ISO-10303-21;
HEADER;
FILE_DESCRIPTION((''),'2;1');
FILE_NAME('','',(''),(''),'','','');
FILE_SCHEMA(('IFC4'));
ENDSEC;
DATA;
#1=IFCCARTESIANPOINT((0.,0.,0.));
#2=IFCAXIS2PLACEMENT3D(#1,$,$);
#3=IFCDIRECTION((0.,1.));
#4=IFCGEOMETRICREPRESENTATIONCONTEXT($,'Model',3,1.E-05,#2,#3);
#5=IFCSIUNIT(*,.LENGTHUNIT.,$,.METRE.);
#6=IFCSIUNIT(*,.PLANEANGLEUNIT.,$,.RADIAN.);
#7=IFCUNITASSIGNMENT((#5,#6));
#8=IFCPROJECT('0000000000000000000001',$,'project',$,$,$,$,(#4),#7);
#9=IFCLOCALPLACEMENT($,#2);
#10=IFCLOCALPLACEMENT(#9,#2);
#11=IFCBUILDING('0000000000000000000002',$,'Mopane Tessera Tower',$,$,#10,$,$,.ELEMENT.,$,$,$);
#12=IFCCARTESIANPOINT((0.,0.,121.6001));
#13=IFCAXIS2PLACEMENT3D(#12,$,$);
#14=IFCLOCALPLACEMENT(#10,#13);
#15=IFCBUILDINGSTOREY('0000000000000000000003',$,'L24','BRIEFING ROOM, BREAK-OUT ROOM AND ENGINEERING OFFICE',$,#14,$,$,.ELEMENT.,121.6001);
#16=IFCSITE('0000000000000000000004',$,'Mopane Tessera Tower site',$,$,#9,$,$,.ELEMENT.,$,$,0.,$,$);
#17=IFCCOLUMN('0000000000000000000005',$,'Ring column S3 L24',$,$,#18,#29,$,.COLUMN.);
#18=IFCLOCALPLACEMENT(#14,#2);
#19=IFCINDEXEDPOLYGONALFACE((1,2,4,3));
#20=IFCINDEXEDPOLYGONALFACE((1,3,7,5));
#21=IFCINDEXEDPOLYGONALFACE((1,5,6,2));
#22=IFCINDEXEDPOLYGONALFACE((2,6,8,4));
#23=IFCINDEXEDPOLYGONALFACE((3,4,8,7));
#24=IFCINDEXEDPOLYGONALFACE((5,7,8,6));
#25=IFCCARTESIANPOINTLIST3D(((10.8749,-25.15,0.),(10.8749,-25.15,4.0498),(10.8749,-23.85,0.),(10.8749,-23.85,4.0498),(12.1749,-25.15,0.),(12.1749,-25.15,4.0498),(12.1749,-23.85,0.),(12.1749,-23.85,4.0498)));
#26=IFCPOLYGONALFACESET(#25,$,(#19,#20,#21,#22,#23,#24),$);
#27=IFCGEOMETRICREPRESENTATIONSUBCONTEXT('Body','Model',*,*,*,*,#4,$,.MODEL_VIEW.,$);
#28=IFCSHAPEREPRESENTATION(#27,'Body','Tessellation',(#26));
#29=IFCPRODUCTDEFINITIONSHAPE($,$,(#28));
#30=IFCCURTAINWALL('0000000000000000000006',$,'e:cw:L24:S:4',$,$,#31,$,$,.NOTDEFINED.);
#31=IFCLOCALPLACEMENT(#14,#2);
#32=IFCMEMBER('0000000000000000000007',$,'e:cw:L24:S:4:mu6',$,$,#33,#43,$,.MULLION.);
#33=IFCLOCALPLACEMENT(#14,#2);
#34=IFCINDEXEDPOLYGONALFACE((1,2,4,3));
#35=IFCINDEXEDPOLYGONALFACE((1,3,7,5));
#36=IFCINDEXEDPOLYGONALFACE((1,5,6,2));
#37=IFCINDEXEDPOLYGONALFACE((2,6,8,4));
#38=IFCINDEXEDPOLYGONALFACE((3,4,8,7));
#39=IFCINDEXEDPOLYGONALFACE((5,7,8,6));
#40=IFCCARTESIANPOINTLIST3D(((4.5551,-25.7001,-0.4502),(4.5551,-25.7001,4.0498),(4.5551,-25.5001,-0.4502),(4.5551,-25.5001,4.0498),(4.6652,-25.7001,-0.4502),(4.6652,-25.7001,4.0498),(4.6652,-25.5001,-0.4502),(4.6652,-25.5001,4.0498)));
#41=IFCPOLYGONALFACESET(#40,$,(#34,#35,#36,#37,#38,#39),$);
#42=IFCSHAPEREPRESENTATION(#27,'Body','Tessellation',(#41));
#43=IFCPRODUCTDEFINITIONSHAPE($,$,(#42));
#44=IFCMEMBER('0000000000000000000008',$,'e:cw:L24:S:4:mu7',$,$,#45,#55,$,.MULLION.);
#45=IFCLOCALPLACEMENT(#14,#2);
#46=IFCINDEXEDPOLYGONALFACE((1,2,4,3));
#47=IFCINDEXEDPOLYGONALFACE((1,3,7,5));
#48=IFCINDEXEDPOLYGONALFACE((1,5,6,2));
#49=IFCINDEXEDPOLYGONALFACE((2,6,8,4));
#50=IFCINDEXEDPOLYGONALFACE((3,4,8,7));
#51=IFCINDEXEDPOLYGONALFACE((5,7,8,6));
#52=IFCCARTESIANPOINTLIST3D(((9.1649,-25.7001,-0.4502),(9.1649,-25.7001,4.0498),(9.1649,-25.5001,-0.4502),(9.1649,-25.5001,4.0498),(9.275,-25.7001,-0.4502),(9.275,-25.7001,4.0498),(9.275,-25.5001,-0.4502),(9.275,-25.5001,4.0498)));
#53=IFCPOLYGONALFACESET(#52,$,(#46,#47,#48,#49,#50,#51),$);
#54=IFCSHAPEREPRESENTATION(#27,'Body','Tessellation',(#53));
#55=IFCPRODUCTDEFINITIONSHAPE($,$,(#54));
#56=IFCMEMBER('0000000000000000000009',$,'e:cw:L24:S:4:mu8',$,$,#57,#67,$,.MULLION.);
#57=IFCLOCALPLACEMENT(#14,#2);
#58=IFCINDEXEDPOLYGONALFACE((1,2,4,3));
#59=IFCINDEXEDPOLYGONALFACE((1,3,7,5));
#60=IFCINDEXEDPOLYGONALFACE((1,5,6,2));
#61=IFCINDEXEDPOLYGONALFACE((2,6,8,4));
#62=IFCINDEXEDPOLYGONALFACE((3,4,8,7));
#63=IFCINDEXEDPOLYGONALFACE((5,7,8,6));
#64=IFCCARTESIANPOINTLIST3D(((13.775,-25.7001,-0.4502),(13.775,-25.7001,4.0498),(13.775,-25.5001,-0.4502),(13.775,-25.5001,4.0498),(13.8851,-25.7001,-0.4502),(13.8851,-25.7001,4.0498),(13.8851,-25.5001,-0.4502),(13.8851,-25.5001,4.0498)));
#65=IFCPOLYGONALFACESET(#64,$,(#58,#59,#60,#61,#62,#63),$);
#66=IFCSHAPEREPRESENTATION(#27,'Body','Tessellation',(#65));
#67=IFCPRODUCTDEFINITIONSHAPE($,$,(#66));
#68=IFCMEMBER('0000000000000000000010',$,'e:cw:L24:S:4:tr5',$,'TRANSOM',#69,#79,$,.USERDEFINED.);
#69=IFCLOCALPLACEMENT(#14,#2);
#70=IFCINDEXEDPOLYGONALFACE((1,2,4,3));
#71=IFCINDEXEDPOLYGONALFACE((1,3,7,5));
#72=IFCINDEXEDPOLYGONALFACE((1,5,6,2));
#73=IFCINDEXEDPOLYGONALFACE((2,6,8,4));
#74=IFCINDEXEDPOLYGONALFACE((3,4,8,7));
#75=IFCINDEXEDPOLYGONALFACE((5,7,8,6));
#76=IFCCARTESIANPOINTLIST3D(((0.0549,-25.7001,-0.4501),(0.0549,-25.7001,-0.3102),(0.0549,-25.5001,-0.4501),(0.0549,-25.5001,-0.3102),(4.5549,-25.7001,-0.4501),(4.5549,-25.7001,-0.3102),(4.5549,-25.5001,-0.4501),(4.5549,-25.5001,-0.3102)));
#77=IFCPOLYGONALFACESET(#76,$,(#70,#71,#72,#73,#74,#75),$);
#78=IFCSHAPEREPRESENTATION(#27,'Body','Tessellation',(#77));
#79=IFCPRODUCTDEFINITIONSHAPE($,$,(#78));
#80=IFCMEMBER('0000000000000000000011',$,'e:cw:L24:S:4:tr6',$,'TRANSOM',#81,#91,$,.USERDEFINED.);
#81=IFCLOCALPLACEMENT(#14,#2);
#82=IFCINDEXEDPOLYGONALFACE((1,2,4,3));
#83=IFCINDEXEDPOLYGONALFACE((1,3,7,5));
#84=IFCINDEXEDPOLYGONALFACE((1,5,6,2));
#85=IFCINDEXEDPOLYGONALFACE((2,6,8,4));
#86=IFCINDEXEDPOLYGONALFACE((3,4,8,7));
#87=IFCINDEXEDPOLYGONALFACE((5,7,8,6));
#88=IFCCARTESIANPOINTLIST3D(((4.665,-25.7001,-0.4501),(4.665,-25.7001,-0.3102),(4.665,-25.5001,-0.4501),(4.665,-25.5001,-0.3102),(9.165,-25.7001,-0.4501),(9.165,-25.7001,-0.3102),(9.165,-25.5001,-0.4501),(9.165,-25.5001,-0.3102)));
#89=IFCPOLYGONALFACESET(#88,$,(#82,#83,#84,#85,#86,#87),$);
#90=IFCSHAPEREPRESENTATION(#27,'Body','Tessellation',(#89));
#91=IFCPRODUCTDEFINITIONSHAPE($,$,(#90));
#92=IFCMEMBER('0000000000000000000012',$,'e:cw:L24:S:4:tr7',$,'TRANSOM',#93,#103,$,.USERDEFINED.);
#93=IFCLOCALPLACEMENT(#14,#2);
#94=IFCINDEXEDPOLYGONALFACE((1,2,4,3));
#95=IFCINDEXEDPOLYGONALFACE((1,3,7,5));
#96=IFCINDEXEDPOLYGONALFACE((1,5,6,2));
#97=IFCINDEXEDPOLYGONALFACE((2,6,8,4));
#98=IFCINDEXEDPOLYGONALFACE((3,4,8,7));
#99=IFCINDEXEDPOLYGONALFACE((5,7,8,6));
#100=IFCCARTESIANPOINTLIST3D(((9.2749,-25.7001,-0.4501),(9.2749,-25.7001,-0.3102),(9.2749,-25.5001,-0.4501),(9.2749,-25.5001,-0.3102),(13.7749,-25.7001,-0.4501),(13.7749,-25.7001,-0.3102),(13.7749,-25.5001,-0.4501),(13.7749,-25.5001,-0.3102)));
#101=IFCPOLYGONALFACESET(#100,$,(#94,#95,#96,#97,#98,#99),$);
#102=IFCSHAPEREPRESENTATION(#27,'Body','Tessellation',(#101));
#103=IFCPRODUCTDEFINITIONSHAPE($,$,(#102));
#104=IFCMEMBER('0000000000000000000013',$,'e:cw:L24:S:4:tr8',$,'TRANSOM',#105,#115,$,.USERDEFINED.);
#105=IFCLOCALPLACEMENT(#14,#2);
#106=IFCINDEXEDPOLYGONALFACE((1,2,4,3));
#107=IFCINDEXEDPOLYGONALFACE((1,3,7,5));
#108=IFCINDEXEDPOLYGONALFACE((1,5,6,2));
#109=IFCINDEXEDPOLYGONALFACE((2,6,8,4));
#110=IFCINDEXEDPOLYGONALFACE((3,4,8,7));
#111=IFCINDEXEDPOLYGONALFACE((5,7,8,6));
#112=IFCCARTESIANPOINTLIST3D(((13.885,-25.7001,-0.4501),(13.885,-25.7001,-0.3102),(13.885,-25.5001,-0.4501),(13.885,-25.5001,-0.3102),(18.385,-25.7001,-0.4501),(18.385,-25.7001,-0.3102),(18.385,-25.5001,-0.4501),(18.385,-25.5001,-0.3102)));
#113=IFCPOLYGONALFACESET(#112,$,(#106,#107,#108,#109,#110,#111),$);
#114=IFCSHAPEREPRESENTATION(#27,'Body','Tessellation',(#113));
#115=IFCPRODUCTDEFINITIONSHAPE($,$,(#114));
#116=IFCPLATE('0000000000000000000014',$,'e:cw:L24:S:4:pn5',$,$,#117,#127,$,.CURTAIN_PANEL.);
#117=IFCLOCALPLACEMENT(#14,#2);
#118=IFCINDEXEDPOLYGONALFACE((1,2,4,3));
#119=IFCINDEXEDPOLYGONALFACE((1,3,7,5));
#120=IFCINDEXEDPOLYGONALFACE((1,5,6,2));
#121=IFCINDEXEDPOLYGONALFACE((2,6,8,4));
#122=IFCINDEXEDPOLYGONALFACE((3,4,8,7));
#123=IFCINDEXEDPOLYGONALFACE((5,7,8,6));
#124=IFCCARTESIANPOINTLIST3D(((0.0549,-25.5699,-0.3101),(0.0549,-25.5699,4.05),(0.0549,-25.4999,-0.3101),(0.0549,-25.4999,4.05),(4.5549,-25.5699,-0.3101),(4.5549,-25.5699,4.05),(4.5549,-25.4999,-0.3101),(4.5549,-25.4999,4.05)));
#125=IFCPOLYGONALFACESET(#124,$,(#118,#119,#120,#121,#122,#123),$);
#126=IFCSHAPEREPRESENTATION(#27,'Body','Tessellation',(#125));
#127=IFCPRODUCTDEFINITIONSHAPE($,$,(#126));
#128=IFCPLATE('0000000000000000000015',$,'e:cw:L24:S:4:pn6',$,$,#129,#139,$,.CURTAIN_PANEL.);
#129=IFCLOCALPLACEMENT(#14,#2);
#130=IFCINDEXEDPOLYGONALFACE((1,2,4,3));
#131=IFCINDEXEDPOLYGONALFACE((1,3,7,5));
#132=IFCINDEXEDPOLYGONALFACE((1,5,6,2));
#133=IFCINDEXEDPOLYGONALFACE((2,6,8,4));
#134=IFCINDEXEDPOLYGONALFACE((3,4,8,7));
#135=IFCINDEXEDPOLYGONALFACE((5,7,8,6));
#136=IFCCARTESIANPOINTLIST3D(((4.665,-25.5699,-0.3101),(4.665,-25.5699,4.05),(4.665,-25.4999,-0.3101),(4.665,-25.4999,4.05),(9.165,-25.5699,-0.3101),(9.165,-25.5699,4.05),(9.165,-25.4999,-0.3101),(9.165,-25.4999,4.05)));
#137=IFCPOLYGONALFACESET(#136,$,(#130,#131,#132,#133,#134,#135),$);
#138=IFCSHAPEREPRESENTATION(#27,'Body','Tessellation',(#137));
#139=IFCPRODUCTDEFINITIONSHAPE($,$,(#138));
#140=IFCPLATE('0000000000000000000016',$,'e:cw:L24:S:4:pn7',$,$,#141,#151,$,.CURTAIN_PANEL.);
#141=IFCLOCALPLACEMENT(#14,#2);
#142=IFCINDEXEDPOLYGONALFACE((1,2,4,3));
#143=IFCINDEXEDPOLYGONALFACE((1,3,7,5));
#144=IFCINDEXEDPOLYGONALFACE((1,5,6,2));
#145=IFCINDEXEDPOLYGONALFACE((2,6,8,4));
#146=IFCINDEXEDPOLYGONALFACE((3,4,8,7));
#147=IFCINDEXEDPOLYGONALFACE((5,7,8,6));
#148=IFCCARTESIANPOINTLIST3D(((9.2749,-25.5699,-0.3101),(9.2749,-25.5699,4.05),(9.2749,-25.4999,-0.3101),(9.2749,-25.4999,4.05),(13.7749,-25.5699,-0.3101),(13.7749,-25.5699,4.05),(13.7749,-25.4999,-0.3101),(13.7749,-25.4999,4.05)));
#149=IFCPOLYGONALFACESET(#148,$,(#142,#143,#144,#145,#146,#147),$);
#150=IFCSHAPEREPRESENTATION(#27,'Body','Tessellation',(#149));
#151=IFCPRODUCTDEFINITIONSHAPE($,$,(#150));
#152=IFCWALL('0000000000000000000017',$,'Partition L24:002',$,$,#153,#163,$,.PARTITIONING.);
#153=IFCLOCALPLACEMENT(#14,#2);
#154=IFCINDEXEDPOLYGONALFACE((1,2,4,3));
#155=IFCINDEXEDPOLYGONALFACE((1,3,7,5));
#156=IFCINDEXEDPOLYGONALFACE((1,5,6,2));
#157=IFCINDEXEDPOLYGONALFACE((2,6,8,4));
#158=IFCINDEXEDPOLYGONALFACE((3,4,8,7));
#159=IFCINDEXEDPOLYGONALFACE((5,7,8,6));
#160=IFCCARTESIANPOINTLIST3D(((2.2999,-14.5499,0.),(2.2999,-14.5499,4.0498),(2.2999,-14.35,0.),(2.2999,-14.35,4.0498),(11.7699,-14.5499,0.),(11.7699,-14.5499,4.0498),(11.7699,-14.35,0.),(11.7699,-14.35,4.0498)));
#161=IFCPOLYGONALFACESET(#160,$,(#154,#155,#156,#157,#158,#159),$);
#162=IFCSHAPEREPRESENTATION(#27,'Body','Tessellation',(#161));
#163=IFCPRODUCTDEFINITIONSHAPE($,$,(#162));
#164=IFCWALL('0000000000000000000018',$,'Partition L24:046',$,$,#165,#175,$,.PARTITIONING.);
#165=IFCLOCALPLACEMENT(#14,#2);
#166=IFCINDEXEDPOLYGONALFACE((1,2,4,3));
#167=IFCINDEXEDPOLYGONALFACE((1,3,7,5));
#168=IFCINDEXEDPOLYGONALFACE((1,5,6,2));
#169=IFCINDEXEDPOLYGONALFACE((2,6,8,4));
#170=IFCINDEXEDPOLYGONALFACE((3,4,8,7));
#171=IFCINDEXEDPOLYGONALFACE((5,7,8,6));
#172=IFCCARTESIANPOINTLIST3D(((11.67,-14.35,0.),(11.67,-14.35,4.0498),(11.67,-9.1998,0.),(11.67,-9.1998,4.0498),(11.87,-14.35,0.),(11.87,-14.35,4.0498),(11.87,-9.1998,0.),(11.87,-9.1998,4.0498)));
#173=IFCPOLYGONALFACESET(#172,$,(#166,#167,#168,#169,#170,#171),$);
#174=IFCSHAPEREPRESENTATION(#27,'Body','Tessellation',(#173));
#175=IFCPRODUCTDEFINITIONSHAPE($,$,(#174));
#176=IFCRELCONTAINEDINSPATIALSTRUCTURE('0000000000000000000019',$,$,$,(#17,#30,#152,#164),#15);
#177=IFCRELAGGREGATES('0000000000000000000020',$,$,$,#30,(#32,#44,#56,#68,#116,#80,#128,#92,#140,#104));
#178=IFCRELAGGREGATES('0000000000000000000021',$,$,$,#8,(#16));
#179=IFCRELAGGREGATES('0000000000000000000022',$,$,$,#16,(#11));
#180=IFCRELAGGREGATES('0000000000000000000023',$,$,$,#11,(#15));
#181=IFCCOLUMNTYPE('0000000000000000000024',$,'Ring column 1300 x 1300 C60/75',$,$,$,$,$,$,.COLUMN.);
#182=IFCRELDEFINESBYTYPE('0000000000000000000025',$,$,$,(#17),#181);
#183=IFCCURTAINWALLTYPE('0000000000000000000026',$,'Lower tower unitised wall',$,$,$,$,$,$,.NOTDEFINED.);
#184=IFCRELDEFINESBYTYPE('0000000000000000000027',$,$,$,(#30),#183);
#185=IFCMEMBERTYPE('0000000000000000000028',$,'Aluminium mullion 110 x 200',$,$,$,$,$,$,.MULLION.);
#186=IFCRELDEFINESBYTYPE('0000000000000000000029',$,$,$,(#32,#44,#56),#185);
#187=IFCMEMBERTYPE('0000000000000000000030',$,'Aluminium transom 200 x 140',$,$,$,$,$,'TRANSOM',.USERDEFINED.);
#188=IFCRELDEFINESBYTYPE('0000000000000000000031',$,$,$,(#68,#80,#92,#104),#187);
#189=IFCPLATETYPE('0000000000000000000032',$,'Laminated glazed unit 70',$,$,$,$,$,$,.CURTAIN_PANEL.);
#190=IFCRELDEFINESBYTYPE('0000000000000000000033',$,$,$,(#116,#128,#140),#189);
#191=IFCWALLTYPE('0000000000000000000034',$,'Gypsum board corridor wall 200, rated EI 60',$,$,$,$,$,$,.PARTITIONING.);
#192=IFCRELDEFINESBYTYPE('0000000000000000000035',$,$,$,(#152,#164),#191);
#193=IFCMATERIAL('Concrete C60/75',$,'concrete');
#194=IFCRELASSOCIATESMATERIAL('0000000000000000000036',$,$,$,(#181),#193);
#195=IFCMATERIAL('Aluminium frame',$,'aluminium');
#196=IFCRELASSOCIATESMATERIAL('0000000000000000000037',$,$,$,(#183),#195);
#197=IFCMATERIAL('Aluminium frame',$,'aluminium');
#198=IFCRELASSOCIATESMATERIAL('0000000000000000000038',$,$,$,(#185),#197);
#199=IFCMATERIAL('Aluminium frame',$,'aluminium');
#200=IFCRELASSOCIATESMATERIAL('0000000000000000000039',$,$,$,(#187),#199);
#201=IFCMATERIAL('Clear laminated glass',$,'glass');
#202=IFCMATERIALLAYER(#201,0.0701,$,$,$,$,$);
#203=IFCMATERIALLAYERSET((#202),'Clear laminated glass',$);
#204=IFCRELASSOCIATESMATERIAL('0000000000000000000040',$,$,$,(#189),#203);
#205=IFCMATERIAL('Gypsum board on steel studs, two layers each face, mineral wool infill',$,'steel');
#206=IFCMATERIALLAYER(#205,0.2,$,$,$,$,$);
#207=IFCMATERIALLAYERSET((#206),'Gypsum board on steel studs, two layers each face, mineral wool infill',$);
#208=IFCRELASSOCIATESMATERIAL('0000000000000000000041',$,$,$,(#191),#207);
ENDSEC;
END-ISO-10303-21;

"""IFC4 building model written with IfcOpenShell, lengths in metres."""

from ifc_helpers import new_model, si_unit, direction, frame, frame_2d, origin, origin_2d, place, context, subcontext, project, spatial, rectangle, extrude, material, layer, layer_set, material_profile, profile_set, type_object, element, aggregate, save


model = new_model("IFC4")

# Units and contexts
model_context = context("Model", 3, precision=1e-05, world=origin(), true_north=direction((0.0, 1.0)))
body_context = subcontext(model_context, "Body", "Model", "MODEL_VIEW")
ifc_project = project(units=[si_unit("LENGTHUNIT", "METRE"), si_unit("PLANEANGLEUNIT", "RADIAN")], contexts=[model_context])

# Site, building, storey
site_placement = place(None, origin())
site = spatial("IfcSite", under=ifc_project, at=site_placement, Name="Mopane Tessera Tower site", CompositionType="ELEMENT", RefElevation=0.0)
building_placement = place(site_placement, origin())
building = spatial("IfcBuilding", under=site, at=building_placement, Name="Mopane Tessera Tower", CompositionType="ELEMENT")
storey_placement = place(building_placement, frame((0.0, 0.0, 121.6001)))
storey = spatial("IfcBuildingStorey", under=building, at=storey_placement, Name="L24", Description="BRIEFING ROOM, BREAK-OUT ROOM AND ENGINEERING OFFICE", CompositionType="ELEMENT", Elevation=121.6001)

# Column
ifc_material_1 = material(Name="Concrete C60/75", Category="concrete")
ifc_material_profile_1 = material_profile(ifc_material_1, rectangle(XDim=1.3, YDim=1.3, at=origin_2d()))
ifc_profile_set_1 = profile_set([ifc_material_profile_1], Name="Concrete C60/75")
column_type = type_object("IfcColumnType", Name="Ring column 1300 x 1300 C60/75", PredefinedType="COLUMN", material=ifc_profile_set_1)
column_placement = place(storey_placement, frame((11.5249, -24.5, 0.0), z_axis=(0.0, 0.0, 1.0), x_axis=(1.0, 0.0, 0.0)))
element("IfcColumn", 1, at=column_placement, inside=storey, type_object=column_type, Name="Ring column S3 L24", PredefinedType="COLUMN", context=body_context, shape_type="SweptSolid", body=[
    extrude(rectangle(XDim=1.3, YDim=1.3, at=origin_2d()), origin(), (0.0, 0.0, 1.0), 4.0498),
])

# Curtain wall, members, plates
ifc_material_2 = material(Name="Aluminium frame", Category="aluminium")
curtain_wall_type = type_object("IfcCurtainWallType", Name="Lower tower unitised wall", PredefinedType="NOTDEFINED", material=ifc_material_2)
curtain_wall_placement = place(storey_placement, origin())
curtain_wall = element("IfcCurtainWall", 2, at=curtain_wall_placement, inside=storey, type_object=curtain_wall_type, Name="e:cw:L24:S:4", PredefinedType="NOTDEFINED")
ifc_material_3 = material(Name="Aluminium frame", Category="aluminium")
ifc_material_profile_2 = material_profile(ifc_material_3, rectangle(XDim=0.1101, YDim=0.2, at=origin_2d()))
ifc_profile_set_2 = profile_set([ifc_material_profile_2], Name="Aluminium frame")
member_type_1 = type_object("IfcMemberType", Name="Aluminium mullion 110 x 200", PredefinedType="MULLION", material=ifc_profile_set_2)
member_1_placement = place(storey_placement, frame((4.6101, -25.6001, -0.4502), z_axis=(0.0, 0.0, 1.0), x_axis=(1.0, 0.0, 0.0)))
member_1 = element("IfcMember", 3, at=member_1_placement, type_object=member_type_1, Name="e:cw:L24:S:4:mu6", PredefinedType="MULLION", context=body_context, shape_type="SweptSolid", body=[
    extrude(rectangle(XDim=0.1101, YDim=0.2, at=origin_2d()), origin(), (0.0, 0.0, 1.0), 4.5),
])
member_2_placement = place(storey_placement, frame((9.22, -25.6001, -0.4502), z_axis=(0.0, 0.0, 1.0), x_axis=(1.0, 0.0, 0.0)))
member_2 = element("IfcMember", 4, at=member_2_placement, type_object=member_type_1, Name="e:cw:L24:S:4:mu7", PredefinedType="MULLION", context=body_context, shape_type="SweptSolid", body=[
    extrude(rectangle(XDim=0.1101, YDim=0.2, at=origin_2d()), origin(), (0.0, 0.0, 1.0), 4.5),
])
member_3_placement = place(storey_placement, frame((13.8301, -25.6001, -0.4502), z_axis=(0.0, 0.0, 1.0), x_axis=(1.0, 0.0, 0.0)))
member_3 = element("IfcMember", 5, at=member_3_placement, type_object=member_type_1, Name="e:cw:L24:S:4:mu8", PredefinedType="MULLION", context=body_context, shape_type="SweptSolid", body=[
    extrude(rectangle(XDim=0.1101, YDim=0.2, at=origin_2d()), origin(), (0.0, 0.0, 1.0), 4.5),
])
ifc_material_4 = material(Name="Aluminium frame", Category="aluminium")
ifc_material_profile_3 = material_profile(ifc_material_4, rectangle(XDim=0.2, YDim=0.1399, at=origin_2d()))
ifc_profile_set_3 = profile_set([ifc_material_profile_3], Name="Aluminium frame")
member_type_2 = type_object("IfcMemberType", Name="Aluminium transom 200 x 140", ElementType="TRANSOM", PredefinedType="USERDEFINED", material=ifc_profile_set_3)
member_4_placement = place(storey_placement, frame((0.0549, -25.6001, -0.3801), z_axis=(1.0, 0.0, 0.0), x_axis=(0.0, 1.0, 0.0)))
member_4 = element("IfcMember", 6, at=member_4_placement, type_object=member_type_2, Name="e:cw:L24:S:4:tr5", ObjectType="TRANSOM", PredefinedType="USERDEFINED", context=body_context, shape_type="SweptSolid", body=[
    extrude(rectangle(XDim=0.2, YDim=0.1399, at=origin_2d()), origin(), (0.0, 0.0, 1.0), 4.5),
])
member_5_placement = place(storey_placement, frame((4.665, -25.6001, -0.3801), z_axis=(1.0, 0.0, 0.0), x_axis=(0.0, 1.0, 0.0)))
member_5 = element("IfcMember", 7, at=member_5_placement, type_object=member_type_2, Name="e:cw:L24:S:4:tr6", ObjectType="TRANSOM", PredefinedType="USERDEFINED", context=body_context, shape_type="SweptSolid", body=[
    extrude(rectangle(XDim=0.2, YDim=0.1399, at=origin_2d()), origin(), (0.0, 0.0, 1.0), 4.5),
])
member_6_placement = place(storey_placement, frame((9.2749, -25.6001, -0.3801), z_axis=(1.0, 0.0, 0.0), x_axis=(0.0, 1.0, 0.0)))
member_6 = element("IfcMember", 8, at=member_6_placement, type_object=member_type_2, Name="e:cw:L24:S:4:tr7", ObjectType="TRANSOM", PredefinedType="USERDEFINED", context=body_context, shape_type="SweptSolid", body=[
    extrude(rectangle(XDim=0.2, YDim=0.1399, at=origin_2d()), origin(), (0.0, 0.0, 1.0), 4.5),
])
member_7_placement = place(storey_placement, frame((13.885, -25.6001, -0.3801), z_axis=(1.0, 0.0, 0.0), x_axis=(0.0, 1.0, 0.0)))
member_7 = element("IfcMember", 9, at=member_7_placement, type_object=member_type_2, Name="e:cw:L24:S:4:tr8", ObjectType="TRANSOM", PredefinedType="USERDEFINED", context=body_context, shape_type="SweptSolid", body=[
    extrude(rectangle(XDim=0.2, YDim=0.1399, at=origin_2d()), origin(), (0.0, 0.0, 1.0), 4.5),
])
ifc_material_5 = material(Name="Clear laminated glass", Category="glass")
ifc_layer_1 = layer(ifc_material_5, 0.0701)
ifc_layer_set_1 = layer_set([ifc_layer_1], Name="Clear laminated glass")
plate_type = type_object("IfcPlateType", Name="Laminated glazed unit 70", PredefinedType="CURTAIN_PANEL", material=ifc_layer_set_1)
plate_1_placement = place(storey_placement, frame((2.3049, -25.5349, -0.3101), z_axis=(0.0, 0.0, 1.0), x_axis=(1.0, 0.0, 0.0)))
plate_1 = element("IfcPlate", 10, at=plate_1_placement, type_object=plate_type, Name="e:cw:L24:S:4:pn5", PredefinedType="CURTAIN_PANEL", context=body_context, shape_type="SweptSolid", body=[
    extrude(rectangle(XDim=4.5, YDim=0.0701, at=origin_2d()), origin(), (0.0, 0.0, 1.0), 4.3601),
])
plate_2_placement = place(storey_placement, frame((6.915, -25.5349, -0.3101), z_axis=(0.0, 0.0, 1.0), x_axis=(1.0, 0.0, 0.0)))
plate_2 = element("IfcPlate", 11, at=plate_2_placement, type_object=plate_type, Name="e:cw:L24:S:4:pn6", PredefinedType="CURTAIN_PANEL", context=body_context, shape_type="SweptSolid", body=[
    extrude(rectangle(XDim=4.5, YDim=0.0701, at=origin_2d()), origin(), (0.0, 0.0, 1.0), 4.3601),
])
plate_3_placement = place(storey_placement, frame((11.5249, -25.5349, -0.3101), z_axis=(0.0, 0.0, 1.0), x_axis=(1.0, 0.0, 0.0)))
plate_3 = element("IfcPlate", 12, at=plate_3_placement, type_object=plate_type, Name="e:cw:L24:S:4:pn7", PredefinedType="CURTAIN_PANEL", context=body_context, shape_type="SweptSolid", body=[
    extrude(rectangle(XDim=4.5, YDim=0.0701, at=origin_2d()), origin(), (0.0, 0.0, 1.0), 4.3601),
])
aggregate(curtain_wall, [member_1, member_2, member_3, member_4, plate_1, member_5, plate_2, member_6, plate_3, member_7])

# Walls
ifc_material_6 = material(Name="Gypsum board on steel studs, two layers each face, mineral wool infill", Category="steel")
ifc_layer_2 = layer(ifc_material_6, 0.2)
ifc_layer_set_2 = layer_set([ifc_layer_2], Name="Gypsum board on steel studs, two layers each face, mineral wool infill")
wall_type_1 = type_object("IfcWallType", Name="Gypsum board corridor wall 200, rated EI 60", PredefinedType="PARTITIONING", material=ifc_layer_set_2)
wall_1_placement = place(storey_placement, frame((2.3, -14.45, 0.0), z_axis=(0.0, 0.0, 1.0), x_axis=(1.0, 0.0, 0.0)))
element("IfcWall", 13, at=wall_1_placement, inside=storey, type_object=wall_type_1, Name="Partition L24:002", PredefinedType="PARTITIONING", context=body_context, shape_type="SweptSolid", body=[
    extrude(rectangle(XDim=9.47, YDim=0.2, at=frame_2d((4.7349, 0.0))), origin(), (0.0, 0.0, 1.0), 4.0498),
])
wall_2_placement = place(storey_placement, frame((11.77, -14.3501, 0.0), z_axis=(0.0, 0.0, 1.0), x_axis=(0.0, 1.0, 0.0)))
element("IfcWall", 14, at=wall_2_placement, inside=storey, type_object=wall_type_1, Name="Partition L24:046", PredefinedType="PARTITIONING", context=body_context, shape_type="SweptSolid", body=[
    extrude(rectangle(XDim=5.1501, YDim=0.2, at=frame_2d((2.5752, 0.0))), origin(), (0.0, 0.0, 1.0), 4.0498),
])

save(model, "model.ifc")
